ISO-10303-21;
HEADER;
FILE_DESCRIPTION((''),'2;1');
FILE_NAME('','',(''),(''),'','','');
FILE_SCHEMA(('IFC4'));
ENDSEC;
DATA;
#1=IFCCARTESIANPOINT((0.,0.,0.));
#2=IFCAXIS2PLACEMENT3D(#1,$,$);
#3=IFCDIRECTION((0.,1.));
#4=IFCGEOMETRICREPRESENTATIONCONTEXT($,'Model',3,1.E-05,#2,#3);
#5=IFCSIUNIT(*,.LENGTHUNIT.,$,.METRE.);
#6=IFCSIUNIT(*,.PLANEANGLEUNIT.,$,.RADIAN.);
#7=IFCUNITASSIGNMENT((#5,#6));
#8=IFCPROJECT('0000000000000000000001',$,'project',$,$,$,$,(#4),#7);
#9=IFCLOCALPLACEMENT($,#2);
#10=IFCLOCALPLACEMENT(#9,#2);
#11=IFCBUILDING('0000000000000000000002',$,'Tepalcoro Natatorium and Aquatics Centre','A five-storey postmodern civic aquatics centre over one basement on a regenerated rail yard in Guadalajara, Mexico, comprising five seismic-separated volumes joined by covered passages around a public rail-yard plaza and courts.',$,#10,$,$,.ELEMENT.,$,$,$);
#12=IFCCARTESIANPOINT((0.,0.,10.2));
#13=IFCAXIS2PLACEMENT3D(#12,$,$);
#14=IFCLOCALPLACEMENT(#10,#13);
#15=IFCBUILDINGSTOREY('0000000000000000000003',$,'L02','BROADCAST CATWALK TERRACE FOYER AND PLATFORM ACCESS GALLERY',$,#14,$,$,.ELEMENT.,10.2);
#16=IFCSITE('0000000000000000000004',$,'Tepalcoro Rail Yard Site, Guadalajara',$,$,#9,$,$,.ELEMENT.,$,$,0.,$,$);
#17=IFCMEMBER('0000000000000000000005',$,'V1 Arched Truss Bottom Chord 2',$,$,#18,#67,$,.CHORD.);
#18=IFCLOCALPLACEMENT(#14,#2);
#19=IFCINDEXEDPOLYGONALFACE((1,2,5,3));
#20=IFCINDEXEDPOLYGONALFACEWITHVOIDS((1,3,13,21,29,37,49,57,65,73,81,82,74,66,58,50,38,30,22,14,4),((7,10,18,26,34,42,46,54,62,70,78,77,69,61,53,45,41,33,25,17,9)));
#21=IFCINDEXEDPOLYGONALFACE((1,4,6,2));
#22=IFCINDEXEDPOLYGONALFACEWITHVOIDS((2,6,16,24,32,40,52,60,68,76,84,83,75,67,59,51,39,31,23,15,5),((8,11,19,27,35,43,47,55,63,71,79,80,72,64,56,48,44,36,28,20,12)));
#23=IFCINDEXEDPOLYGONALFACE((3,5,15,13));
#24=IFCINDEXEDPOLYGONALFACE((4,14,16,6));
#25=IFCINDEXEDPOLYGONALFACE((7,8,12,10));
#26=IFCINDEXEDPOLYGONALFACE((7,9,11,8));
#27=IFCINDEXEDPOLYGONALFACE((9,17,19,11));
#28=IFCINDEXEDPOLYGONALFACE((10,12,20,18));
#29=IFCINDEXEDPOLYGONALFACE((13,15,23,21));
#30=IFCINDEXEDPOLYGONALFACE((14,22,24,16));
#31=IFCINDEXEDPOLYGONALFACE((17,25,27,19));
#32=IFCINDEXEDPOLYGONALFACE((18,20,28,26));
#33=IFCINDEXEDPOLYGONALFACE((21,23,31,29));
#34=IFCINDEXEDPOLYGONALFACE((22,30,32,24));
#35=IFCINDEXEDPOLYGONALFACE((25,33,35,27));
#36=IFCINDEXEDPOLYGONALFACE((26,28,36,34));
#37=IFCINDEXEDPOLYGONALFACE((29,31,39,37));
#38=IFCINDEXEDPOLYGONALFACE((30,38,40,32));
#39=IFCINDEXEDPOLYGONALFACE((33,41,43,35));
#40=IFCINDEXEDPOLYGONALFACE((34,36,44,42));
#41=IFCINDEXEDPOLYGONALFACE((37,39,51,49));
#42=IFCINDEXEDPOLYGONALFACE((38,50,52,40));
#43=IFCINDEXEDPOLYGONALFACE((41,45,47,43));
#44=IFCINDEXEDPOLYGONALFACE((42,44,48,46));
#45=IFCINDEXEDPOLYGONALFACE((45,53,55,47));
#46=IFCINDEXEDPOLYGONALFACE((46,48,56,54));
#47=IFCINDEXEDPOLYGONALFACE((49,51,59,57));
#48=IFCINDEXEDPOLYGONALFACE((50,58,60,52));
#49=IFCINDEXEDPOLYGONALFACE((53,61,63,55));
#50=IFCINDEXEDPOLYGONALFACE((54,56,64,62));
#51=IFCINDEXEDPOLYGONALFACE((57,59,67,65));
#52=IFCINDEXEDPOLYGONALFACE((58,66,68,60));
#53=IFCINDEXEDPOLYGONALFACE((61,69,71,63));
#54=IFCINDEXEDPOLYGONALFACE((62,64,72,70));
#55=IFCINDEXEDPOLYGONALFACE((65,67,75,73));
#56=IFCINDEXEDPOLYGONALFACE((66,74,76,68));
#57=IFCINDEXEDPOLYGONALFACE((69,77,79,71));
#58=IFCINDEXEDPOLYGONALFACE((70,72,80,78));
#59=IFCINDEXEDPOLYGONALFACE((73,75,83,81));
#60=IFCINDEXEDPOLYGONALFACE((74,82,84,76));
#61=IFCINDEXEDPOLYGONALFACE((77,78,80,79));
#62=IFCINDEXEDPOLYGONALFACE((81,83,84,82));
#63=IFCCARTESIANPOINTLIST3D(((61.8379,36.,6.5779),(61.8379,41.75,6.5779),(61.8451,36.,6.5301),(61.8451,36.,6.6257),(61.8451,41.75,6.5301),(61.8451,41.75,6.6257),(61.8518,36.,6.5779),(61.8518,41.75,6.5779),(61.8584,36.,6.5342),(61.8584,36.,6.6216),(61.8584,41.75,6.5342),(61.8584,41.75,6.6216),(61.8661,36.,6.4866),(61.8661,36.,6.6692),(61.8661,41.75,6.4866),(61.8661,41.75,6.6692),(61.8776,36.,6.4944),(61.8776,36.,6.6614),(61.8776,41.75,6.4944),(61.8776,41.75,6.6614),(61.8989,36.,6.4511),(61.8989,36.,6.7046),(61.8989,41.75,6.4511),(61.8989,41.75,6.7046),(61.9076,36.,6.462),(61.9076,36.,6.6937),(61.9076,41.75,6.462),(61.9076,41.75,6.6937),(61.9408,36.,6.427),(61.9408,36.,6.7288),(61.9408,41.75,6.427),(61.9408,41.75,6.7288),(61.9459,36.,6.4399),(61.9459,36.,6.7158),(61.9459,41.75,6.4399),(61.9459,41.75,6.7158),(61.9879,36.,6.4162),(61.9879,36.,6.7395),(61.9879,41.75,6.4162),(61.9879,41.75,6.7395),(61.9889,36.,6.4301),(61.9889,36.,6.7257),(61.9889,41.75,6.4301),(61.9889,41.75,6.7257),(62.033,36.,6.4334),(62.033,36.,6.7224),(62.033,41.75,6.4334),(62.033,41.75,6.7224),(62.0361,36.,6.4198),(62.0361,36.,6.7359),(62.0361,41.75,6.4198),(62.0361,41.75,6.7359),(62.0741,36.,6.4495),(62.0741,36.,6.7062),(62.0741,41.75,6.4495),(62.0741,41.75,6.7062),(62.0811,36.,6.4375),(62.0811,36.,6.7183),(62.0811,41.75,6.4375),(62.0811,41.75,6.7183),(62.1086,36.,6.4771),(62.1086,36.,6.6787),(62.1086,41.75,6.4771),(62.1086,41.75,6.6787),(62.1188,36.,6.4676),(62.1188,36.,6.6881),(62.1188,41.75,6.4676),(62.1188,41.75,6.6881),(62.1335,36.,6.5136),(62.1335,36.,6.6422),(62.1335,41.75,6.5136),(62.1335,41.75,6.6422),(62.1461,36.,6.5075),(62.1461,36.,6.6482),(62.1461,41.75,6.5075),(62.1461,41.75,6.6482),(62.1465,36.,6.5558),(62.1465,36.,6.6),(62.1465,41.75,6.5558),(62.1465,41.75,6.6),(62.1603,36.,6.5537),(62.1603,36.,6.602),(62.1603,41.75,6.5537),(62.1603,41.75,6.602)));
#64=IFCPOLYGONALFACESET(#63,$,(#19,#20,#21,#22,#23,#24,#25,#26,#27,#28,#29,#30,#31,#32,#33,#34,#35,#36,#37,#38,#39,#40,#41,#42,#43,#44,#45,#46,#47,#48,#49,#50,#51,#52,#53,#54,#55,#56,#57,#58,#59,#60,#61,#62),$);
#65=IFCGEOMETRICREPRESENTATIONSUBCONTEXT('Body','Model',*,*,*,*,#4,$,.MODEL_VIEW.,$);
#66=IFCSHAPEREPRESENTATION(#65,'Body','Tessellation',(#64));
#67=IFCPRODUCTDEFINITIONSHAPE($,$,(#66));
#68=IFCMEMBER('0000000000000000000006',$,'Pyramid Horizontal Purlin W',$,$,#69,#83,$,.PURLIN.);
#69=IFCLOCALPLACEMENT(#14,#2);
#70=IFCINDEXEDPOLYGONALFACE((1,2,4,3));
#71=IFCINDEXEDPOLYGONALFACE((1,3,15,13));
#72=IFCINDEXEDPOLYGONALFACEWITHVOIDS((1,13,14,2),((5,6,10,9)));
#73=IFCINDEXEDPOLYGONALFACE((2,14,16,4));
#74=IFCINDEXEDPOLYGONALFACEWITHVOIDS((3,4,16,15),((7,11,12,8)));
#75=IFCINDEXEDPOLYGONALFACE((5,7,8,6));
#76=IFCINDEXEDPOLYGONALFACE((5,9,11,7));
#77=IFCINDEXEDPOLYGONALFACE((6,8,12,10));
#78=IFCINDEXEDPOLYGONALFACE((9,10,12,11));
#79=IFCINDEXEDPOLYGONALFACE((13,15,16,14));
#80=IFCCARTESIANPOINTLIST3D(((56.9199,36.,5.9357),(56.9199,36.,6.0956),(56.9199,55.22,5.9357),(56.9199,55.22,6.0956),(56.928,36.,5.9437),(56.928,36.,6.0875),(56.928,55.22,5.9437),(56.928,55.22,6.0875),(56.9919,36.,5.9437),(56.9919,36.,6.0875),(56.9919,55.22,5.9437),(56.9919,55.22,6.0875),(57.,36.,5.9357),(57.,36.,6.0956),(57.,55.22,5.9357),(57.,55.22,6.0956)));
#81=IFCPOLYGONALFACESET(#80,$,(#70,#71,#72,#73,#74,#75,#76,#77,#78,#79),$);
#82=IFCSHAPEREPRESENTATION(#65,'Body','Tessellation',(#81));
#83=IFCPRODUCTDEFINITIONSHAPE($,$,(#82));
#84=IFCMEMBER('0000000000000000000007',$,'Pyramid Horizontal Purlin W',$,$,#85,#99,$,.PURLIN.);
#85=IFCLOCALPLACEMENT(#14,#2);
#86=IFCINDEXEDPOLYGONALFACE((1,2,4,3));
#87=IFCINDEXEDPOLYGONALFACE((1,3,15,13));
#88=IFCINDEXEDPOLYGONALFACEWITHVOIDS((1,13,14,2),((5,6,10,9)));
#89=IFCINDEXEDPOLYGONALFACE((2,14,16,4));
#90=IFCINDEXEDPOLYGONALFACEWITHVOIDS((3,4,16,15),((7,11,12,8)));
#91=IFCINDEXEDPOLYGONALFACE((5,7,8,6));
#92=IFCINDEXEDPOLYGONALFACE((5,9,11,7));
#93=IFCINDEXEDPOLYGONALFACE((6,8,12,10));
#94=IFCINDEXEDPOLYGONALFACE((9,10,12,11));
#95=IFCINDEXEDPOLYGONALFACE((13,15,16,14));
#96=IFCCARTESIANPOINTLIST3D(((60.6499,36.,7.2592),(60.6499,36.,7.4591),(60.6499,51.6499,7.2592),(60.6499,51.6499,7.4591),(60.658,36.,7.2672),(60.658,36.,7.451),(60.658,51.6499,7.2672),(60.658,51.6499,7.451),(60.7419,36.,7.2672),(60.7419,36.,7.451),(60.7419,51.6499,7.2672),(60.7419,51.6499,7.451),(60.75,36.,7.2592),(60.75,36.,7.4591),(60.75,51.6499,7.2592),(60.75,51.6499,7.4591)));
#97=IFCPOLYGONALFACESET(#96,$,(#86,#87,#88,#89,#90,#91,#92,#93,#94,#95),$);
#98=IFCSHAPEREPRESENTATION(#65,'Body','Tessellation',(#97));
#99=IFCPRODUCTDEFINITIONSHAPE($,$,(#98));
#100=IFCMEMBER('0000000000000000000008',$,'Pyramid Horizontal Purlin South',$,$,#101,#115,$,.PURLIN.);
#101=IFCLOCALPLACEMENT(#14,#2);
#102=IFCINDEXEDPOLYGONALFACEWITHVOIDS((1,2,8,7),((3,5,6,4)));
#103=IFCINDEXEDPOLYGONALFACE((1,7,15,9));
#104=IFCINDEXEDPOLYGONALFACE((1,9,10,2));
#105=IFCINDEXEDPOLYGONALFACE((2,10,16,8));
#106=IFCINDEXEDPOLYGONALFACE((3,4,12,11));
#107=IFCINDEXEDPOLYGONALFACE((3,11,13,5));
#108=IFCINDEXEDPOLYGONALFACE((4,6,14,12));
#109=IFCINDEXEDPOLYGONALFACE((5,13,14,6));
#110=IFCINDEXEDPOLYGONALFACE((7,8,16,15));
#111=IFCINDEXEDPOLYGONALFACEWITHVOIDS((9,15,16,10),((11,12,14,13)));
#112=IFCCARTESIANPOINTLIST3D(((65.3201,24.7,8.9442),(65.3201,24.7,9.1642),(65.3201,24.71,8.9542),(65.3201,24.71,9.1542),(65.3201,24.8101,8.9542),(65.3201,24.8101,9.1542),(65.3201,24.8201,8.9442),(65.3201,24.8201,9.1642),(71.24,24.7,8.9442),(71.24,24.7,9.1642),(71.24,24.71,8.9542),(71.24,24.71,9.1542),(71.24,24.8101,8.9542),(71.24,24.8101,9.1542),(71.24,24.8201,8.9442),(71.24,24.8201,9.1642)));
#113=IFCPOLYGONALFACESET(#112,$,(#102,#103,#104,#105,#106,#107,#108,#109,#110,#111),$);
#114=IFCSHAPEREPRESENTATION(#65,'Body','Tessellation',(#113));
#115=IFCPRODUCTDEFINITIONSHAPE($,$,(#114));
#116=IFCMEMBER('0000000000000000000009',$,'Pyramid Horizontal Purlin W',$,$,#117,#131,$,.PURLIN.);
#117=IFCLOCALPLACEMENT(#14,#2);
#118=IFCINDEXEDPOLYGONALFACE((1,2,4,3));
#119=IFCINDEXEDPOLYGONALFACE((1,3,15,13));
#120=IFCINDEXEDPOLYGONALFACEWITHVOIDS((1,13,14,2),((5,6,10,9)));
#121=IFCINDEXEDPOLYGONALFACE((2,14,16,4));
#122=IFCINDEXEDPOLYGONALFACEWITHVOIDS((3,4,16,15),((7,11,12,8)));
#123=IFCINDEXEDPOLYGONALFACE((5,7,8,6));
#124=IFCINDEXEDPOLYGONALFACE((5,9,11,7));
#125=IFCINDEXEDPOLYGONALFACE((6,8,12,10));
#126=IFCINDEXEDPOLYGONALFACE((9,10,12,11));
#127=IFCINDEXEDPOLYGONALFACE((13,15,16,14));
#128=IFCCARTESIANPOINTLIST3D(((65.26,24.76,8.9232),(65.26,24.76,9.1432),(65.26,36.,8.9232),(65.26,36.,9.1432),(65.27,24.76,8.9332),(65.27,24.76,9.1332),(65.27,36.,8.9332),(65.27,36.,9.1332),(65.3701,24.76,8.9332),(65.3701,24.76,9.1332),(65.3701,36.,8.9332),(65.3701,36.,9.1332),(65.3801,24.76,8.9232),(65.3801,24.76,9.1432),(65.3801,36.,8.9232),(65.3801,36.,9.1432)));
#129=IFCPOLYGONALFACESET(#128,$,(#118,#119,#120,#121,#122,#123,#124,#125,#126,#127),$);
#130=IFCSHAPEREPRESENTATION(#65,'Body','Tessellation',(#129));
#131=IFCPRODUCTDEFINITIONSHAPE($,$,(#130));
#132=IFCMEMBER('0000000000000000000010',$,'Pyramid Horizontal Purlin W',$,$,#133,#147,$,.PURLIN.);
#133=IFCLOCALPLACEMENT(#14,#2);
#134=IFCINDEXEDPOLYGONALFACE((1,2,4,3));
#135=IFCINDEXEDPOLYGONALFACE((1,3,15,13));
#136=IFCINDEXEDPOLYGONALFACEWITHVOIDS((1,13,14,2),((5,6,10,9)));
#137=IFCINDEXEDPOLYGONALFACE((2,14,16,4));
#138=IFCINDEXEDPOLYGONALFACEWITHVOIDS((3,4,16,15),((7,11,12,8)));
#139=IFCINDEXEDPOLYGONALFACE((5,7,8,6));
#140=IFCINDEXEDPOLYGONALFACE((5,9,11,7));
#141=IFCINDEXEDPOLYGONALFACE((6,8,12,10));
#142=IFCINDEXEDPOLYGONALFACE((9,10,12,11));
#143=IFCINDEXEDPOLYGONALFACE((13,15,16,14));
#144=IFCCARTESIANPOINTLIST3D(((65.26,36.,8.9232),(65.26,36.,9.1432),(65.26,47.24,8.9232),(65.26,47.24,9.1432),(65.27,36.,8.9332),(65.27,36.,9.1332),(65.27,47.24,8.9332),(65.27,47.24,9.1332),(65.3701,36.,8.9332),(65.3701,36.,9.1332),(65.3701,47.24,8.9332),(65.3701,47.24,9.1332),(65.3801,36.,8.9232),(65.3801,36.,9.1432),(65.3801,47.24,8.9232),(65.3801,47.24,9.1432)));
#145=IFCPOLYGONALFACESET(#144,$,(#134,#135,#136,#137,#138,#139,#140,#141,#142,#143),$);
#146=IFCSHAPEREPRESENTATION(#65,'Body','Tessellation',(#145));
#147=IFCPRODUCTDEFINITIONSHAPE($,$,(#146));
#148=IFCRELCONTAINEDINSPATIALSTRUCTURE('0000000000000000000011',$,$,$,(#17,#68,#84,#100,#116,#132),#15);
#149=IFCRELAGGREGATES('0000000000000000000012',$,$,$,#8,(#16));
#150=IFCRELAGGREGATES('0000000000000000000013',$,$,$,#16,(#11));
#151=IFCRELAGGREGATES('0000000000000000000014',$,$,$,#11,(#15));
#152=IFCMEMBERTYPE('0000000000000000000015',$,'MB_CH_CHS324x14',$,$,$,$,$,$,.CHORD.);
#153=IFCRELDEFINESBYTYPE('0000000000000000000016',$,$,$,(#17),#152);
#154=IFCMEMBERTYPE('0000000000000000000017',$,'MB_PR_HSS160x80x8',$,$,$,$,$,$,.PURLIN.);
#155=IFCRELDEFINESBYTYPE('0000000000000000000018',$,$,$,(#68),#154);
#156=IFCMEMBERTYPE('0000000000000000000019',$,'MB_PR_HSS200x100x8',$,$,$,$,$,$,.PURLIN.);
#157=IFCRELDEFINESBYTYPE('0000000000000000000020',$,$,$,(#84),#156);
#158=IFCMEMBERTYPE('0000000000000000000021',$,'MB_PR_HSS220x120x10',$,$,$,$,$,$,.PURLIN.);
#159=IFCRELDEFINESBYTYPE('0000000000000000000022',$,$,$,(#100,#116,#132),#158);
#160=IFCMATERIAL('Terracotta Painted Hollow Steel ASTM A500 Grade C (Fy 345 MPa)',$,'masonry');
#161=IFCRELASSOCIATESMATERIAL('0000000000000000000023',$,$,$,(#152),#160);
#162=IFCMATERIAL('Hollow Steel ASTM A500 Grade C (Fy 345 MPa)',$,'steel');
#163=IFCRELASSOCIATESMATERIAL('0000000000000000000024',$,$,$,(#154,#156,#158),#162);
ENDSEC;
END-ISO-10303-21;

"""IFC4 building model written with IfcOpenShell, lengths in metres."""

from ifc_helpers import new_model, si_unit, direction, frame, origin, origin_2d, place, context, subcontext, project, spatial, hollow_rectangle, hollow_circle, extrude, material, material_profile, profile_set, type_object, element, save


model = new_model("IFC4")

# Units and contexts
model_context = context("Model", 3, precision=1e-05, world=origin(), true_north=direction((0.0, 1.0)))
body_context = subcontext(model_context, "Body", "Model", "MODEL_VIEW")
ifc_project = project(units=[si_unit("LENGTHUNIT", "METRE"), si_unit("PLANEANGLEUNIT", "RADIAN")], contexts=[model_context])

# Site, building, storey
site_placement = place(None, origin())
site = spatial("IfcSite", under=ifc_project, at=site_placement, Name="Tepalcoro Rail Yard Site, Guadalajara", CompositionType="ELEMENT", RefElevation=0.0)
building_placement = place(site_placement, origin())
building = spatial("IfcBuilding", under=site, at=building_placement, Name="Tepalcoro Natatorium and Aquatics Centre", Description="A five-storey postmodern civic aquatics centre over one basement on a regenerated rail yard in Guadalajara, Mexico, comprising five seismic-separated volumes joined by covered passages around a public rail-yard plaza and courts.", CompositionType="ELEMENT")
storey_placement = place(building_placement, frame((0.0, 0.0, 10.2)))
storey = spatial("IfcBuildingStorey", under=building, at=storey_placement, Name="L02", Description="BROADCAST CATWALK TERRACE FOYER AND PLATFORM ACCESS GALLERY", CompositionType="ELEMENT", Elevation=10.2)

# Shared definitions
ifc_material_1 = material(Name="Terracotta Painted Hollow Steel ASTM A500 Grade C (Fy 345 MPa)", Category="masonry")

# Members
ifc_material_profile_1 = material_profile(ifc_material_1, hollow_circle(Radius=0.1621, WallThickness=0.0139, at=origin_2d()), Name="CHS324X14")
ifc_profile_set_1 = profile_set([ifc_material_profile_1], Name="Terracotta Painted Hollow Steel ASTM A500 Grade C (Fy 345 MPa)")
member_type_1 = type_object("IfcMemberType", Name="MB_CH_CHS324x14", PredefinedType="CHORD", material=ifc_profile_set_1)
for number, where, z_axis, x_axis, name in (
    (1, (62.0, 36.0, 6.5779), (0.0, 1.0, 0.0), (-1.0, 0.0, 0.0), "V1 Arched Truss Bottom Chord 2"),
):
    element("IfcMember", number, at=place(storey_placement, frame(where, z_axis=z_axis, x_axis=x_axis)), inside=storey, type_object=member_type_1, Name=name, PredefinedType="CHORD", context=body_context, shape_type="SweptSolid", body=[
        extrude(hollow_circle(Radius=0.1621, WallThickness=0.0139, at=origin_2d()), origin(), (0.0, 0.0, 1.0), 5.75),
    ])
ifc_material_2 = material(Name="Hollow Steel ASTM A500 Grade C (Fy 345 MPa)", Category="steel")
ifc_material_profile_2 = material_profile(ifc_material_2, hollow_rectangle(XDim=0.0801, YDim=0.1599, WallThickness=0.0081, at=origin_2d()), Name="HSS160X80X8")
ifc_profile_set_2 = profile_set([ifc_material_profile_2], Name="Hollow Steel ASTM A500 Grade C (Fy 345 MPa)")
member_type_2 = type_object("IfcMemberType", Name="MB_PR_HSS160x80x8", PredefinedType="PURLIN", material=ifc_profile_set_2)
member_1_placement = place(storey_placement, frame((56.96, 36.0, 6.0156), z_axis=(0.0, 1.0, 0.0), x_axis=(-1.0, 0.0, 0.0)))
element("IfcMember", 2, at=member_1_placement, inside=storey, type_object=member_type_2, Name="Pyramid Horizontal Purlin W", PredefinedType="PURLIN", context=body_context, shape_type="SweptSolid", body=[
    extrude(hollow_rectangle(XDim=0.0801, YDim=0.1599, WallThickness=0.0081, at=origin_2d()), origin(), (0.0, 0.0, 1.0), 19.22),
])
ifc_material_profile_3 = material_profile(ifc_material_2, hollow_rectangle(XDim=0.1001, YDim=0.2, WallThickness=0.0081, at=origin_2d()), Name="HSS200X100X8")
ifc_profile_set_3 = profile_set([ifc_material_profile_3], Name="Hollow Steel ASTM A500 Grade C (Fy 345 MPa)")
member_type_3 = type_object("IfcMemberType", Name="MB_PR_HSS200x100x8", PredefinedType="PURLIN", material=ifc_profile_set_3)
member_2_placement = place(storey_placement, frame((60.7, 36.0, 7.3591), z_axis=(0.0, 1.0, 0.0), x_axis=(-1.0, 0.0, 0.0)))
element("IfcMember", 3, at=member_2_placement, inside=storey, type_object=member_type_3, Name="Pyramid Horizontal Purlin W", PredefinedType="PURLIN", context=body_context, shape_type="SweptSolid", body=[
    extrude(hollow_rectangle(XDim=0.1001, YDim=0.2, WallThickness=0.0081, at=origin_2d()), origin(), (0.0, 0.0, 1.0), 15.6499),
])
ifc_material_profile_4 = material_profile(ifc_material_2, hollow_rectangle(XDim=0.1201, YDim=0.22, WallThickness=0.01, at=origin_2d()), Name="HSS220X120X10")
ifc_profile_set_4 = profile_set([ifc_material_profile_4], Name="Hollow Steel ASTM A500 Grade C (Fy 345 MPa)")
member_type_4 = type_object("IfcMemberType", Name="MB_PR_HSS220x120x10", PredefinedType="PURLIN", material=ifc_profile_set_4)
member_3_placement = place(storey_placement, frame((65.3201, 24.76, 9.0542), z_axis=(1.0, 0.0, 0.0), x_axis=(0.0, 1.0, 0.0)))
element("IfcMember", 4, at=member_3_placement, inside=storey, type_object=member_type_4, Name="Pyramid Horizontal Purlin South", PredefinedType="PURLIN", context=body_context, shape_type="SweptSolid", body=[
    extrude(hollow_rectangle(XDim=0.1201, YDim=0.22, WallThickness=0.01, at=origin_2d()), origin(), (0.0, 0.0, 1.0), 5.9199),
])
for number, where, z_axis, x_axis, name in (
    (5, (65.3201, 24.76, 9.0332), (0.0, 1.0, 0.0), (-1.0, 0.0, 0.0), "Pyramid Horizontal Purlin W"),
    (6, (65.3201, 36.0, 9.0332), (0.0, 1.0, 0.0), (-1.0, 0.0, 0.0), "Pyramid Horizontal Purlin W"),
):
    element("IfcMember", number, at=place(storey_placement, frame(where, z_axis=z_axis, x_axis=x_axis)), inside=storey, type_object=member_type_4, Name=name, PredefinedType="PURLIN", context=body_context, shape_type="SweptSolid", body=[
        extrude(hollow_rectangle(XDim=0.1201, YDim=0.22, WallThickness=0.01, at=origin_2d()), origin(), (0.0, 0.0, 1.0), 11.24),
    ])

save(model, "model.ifc")
